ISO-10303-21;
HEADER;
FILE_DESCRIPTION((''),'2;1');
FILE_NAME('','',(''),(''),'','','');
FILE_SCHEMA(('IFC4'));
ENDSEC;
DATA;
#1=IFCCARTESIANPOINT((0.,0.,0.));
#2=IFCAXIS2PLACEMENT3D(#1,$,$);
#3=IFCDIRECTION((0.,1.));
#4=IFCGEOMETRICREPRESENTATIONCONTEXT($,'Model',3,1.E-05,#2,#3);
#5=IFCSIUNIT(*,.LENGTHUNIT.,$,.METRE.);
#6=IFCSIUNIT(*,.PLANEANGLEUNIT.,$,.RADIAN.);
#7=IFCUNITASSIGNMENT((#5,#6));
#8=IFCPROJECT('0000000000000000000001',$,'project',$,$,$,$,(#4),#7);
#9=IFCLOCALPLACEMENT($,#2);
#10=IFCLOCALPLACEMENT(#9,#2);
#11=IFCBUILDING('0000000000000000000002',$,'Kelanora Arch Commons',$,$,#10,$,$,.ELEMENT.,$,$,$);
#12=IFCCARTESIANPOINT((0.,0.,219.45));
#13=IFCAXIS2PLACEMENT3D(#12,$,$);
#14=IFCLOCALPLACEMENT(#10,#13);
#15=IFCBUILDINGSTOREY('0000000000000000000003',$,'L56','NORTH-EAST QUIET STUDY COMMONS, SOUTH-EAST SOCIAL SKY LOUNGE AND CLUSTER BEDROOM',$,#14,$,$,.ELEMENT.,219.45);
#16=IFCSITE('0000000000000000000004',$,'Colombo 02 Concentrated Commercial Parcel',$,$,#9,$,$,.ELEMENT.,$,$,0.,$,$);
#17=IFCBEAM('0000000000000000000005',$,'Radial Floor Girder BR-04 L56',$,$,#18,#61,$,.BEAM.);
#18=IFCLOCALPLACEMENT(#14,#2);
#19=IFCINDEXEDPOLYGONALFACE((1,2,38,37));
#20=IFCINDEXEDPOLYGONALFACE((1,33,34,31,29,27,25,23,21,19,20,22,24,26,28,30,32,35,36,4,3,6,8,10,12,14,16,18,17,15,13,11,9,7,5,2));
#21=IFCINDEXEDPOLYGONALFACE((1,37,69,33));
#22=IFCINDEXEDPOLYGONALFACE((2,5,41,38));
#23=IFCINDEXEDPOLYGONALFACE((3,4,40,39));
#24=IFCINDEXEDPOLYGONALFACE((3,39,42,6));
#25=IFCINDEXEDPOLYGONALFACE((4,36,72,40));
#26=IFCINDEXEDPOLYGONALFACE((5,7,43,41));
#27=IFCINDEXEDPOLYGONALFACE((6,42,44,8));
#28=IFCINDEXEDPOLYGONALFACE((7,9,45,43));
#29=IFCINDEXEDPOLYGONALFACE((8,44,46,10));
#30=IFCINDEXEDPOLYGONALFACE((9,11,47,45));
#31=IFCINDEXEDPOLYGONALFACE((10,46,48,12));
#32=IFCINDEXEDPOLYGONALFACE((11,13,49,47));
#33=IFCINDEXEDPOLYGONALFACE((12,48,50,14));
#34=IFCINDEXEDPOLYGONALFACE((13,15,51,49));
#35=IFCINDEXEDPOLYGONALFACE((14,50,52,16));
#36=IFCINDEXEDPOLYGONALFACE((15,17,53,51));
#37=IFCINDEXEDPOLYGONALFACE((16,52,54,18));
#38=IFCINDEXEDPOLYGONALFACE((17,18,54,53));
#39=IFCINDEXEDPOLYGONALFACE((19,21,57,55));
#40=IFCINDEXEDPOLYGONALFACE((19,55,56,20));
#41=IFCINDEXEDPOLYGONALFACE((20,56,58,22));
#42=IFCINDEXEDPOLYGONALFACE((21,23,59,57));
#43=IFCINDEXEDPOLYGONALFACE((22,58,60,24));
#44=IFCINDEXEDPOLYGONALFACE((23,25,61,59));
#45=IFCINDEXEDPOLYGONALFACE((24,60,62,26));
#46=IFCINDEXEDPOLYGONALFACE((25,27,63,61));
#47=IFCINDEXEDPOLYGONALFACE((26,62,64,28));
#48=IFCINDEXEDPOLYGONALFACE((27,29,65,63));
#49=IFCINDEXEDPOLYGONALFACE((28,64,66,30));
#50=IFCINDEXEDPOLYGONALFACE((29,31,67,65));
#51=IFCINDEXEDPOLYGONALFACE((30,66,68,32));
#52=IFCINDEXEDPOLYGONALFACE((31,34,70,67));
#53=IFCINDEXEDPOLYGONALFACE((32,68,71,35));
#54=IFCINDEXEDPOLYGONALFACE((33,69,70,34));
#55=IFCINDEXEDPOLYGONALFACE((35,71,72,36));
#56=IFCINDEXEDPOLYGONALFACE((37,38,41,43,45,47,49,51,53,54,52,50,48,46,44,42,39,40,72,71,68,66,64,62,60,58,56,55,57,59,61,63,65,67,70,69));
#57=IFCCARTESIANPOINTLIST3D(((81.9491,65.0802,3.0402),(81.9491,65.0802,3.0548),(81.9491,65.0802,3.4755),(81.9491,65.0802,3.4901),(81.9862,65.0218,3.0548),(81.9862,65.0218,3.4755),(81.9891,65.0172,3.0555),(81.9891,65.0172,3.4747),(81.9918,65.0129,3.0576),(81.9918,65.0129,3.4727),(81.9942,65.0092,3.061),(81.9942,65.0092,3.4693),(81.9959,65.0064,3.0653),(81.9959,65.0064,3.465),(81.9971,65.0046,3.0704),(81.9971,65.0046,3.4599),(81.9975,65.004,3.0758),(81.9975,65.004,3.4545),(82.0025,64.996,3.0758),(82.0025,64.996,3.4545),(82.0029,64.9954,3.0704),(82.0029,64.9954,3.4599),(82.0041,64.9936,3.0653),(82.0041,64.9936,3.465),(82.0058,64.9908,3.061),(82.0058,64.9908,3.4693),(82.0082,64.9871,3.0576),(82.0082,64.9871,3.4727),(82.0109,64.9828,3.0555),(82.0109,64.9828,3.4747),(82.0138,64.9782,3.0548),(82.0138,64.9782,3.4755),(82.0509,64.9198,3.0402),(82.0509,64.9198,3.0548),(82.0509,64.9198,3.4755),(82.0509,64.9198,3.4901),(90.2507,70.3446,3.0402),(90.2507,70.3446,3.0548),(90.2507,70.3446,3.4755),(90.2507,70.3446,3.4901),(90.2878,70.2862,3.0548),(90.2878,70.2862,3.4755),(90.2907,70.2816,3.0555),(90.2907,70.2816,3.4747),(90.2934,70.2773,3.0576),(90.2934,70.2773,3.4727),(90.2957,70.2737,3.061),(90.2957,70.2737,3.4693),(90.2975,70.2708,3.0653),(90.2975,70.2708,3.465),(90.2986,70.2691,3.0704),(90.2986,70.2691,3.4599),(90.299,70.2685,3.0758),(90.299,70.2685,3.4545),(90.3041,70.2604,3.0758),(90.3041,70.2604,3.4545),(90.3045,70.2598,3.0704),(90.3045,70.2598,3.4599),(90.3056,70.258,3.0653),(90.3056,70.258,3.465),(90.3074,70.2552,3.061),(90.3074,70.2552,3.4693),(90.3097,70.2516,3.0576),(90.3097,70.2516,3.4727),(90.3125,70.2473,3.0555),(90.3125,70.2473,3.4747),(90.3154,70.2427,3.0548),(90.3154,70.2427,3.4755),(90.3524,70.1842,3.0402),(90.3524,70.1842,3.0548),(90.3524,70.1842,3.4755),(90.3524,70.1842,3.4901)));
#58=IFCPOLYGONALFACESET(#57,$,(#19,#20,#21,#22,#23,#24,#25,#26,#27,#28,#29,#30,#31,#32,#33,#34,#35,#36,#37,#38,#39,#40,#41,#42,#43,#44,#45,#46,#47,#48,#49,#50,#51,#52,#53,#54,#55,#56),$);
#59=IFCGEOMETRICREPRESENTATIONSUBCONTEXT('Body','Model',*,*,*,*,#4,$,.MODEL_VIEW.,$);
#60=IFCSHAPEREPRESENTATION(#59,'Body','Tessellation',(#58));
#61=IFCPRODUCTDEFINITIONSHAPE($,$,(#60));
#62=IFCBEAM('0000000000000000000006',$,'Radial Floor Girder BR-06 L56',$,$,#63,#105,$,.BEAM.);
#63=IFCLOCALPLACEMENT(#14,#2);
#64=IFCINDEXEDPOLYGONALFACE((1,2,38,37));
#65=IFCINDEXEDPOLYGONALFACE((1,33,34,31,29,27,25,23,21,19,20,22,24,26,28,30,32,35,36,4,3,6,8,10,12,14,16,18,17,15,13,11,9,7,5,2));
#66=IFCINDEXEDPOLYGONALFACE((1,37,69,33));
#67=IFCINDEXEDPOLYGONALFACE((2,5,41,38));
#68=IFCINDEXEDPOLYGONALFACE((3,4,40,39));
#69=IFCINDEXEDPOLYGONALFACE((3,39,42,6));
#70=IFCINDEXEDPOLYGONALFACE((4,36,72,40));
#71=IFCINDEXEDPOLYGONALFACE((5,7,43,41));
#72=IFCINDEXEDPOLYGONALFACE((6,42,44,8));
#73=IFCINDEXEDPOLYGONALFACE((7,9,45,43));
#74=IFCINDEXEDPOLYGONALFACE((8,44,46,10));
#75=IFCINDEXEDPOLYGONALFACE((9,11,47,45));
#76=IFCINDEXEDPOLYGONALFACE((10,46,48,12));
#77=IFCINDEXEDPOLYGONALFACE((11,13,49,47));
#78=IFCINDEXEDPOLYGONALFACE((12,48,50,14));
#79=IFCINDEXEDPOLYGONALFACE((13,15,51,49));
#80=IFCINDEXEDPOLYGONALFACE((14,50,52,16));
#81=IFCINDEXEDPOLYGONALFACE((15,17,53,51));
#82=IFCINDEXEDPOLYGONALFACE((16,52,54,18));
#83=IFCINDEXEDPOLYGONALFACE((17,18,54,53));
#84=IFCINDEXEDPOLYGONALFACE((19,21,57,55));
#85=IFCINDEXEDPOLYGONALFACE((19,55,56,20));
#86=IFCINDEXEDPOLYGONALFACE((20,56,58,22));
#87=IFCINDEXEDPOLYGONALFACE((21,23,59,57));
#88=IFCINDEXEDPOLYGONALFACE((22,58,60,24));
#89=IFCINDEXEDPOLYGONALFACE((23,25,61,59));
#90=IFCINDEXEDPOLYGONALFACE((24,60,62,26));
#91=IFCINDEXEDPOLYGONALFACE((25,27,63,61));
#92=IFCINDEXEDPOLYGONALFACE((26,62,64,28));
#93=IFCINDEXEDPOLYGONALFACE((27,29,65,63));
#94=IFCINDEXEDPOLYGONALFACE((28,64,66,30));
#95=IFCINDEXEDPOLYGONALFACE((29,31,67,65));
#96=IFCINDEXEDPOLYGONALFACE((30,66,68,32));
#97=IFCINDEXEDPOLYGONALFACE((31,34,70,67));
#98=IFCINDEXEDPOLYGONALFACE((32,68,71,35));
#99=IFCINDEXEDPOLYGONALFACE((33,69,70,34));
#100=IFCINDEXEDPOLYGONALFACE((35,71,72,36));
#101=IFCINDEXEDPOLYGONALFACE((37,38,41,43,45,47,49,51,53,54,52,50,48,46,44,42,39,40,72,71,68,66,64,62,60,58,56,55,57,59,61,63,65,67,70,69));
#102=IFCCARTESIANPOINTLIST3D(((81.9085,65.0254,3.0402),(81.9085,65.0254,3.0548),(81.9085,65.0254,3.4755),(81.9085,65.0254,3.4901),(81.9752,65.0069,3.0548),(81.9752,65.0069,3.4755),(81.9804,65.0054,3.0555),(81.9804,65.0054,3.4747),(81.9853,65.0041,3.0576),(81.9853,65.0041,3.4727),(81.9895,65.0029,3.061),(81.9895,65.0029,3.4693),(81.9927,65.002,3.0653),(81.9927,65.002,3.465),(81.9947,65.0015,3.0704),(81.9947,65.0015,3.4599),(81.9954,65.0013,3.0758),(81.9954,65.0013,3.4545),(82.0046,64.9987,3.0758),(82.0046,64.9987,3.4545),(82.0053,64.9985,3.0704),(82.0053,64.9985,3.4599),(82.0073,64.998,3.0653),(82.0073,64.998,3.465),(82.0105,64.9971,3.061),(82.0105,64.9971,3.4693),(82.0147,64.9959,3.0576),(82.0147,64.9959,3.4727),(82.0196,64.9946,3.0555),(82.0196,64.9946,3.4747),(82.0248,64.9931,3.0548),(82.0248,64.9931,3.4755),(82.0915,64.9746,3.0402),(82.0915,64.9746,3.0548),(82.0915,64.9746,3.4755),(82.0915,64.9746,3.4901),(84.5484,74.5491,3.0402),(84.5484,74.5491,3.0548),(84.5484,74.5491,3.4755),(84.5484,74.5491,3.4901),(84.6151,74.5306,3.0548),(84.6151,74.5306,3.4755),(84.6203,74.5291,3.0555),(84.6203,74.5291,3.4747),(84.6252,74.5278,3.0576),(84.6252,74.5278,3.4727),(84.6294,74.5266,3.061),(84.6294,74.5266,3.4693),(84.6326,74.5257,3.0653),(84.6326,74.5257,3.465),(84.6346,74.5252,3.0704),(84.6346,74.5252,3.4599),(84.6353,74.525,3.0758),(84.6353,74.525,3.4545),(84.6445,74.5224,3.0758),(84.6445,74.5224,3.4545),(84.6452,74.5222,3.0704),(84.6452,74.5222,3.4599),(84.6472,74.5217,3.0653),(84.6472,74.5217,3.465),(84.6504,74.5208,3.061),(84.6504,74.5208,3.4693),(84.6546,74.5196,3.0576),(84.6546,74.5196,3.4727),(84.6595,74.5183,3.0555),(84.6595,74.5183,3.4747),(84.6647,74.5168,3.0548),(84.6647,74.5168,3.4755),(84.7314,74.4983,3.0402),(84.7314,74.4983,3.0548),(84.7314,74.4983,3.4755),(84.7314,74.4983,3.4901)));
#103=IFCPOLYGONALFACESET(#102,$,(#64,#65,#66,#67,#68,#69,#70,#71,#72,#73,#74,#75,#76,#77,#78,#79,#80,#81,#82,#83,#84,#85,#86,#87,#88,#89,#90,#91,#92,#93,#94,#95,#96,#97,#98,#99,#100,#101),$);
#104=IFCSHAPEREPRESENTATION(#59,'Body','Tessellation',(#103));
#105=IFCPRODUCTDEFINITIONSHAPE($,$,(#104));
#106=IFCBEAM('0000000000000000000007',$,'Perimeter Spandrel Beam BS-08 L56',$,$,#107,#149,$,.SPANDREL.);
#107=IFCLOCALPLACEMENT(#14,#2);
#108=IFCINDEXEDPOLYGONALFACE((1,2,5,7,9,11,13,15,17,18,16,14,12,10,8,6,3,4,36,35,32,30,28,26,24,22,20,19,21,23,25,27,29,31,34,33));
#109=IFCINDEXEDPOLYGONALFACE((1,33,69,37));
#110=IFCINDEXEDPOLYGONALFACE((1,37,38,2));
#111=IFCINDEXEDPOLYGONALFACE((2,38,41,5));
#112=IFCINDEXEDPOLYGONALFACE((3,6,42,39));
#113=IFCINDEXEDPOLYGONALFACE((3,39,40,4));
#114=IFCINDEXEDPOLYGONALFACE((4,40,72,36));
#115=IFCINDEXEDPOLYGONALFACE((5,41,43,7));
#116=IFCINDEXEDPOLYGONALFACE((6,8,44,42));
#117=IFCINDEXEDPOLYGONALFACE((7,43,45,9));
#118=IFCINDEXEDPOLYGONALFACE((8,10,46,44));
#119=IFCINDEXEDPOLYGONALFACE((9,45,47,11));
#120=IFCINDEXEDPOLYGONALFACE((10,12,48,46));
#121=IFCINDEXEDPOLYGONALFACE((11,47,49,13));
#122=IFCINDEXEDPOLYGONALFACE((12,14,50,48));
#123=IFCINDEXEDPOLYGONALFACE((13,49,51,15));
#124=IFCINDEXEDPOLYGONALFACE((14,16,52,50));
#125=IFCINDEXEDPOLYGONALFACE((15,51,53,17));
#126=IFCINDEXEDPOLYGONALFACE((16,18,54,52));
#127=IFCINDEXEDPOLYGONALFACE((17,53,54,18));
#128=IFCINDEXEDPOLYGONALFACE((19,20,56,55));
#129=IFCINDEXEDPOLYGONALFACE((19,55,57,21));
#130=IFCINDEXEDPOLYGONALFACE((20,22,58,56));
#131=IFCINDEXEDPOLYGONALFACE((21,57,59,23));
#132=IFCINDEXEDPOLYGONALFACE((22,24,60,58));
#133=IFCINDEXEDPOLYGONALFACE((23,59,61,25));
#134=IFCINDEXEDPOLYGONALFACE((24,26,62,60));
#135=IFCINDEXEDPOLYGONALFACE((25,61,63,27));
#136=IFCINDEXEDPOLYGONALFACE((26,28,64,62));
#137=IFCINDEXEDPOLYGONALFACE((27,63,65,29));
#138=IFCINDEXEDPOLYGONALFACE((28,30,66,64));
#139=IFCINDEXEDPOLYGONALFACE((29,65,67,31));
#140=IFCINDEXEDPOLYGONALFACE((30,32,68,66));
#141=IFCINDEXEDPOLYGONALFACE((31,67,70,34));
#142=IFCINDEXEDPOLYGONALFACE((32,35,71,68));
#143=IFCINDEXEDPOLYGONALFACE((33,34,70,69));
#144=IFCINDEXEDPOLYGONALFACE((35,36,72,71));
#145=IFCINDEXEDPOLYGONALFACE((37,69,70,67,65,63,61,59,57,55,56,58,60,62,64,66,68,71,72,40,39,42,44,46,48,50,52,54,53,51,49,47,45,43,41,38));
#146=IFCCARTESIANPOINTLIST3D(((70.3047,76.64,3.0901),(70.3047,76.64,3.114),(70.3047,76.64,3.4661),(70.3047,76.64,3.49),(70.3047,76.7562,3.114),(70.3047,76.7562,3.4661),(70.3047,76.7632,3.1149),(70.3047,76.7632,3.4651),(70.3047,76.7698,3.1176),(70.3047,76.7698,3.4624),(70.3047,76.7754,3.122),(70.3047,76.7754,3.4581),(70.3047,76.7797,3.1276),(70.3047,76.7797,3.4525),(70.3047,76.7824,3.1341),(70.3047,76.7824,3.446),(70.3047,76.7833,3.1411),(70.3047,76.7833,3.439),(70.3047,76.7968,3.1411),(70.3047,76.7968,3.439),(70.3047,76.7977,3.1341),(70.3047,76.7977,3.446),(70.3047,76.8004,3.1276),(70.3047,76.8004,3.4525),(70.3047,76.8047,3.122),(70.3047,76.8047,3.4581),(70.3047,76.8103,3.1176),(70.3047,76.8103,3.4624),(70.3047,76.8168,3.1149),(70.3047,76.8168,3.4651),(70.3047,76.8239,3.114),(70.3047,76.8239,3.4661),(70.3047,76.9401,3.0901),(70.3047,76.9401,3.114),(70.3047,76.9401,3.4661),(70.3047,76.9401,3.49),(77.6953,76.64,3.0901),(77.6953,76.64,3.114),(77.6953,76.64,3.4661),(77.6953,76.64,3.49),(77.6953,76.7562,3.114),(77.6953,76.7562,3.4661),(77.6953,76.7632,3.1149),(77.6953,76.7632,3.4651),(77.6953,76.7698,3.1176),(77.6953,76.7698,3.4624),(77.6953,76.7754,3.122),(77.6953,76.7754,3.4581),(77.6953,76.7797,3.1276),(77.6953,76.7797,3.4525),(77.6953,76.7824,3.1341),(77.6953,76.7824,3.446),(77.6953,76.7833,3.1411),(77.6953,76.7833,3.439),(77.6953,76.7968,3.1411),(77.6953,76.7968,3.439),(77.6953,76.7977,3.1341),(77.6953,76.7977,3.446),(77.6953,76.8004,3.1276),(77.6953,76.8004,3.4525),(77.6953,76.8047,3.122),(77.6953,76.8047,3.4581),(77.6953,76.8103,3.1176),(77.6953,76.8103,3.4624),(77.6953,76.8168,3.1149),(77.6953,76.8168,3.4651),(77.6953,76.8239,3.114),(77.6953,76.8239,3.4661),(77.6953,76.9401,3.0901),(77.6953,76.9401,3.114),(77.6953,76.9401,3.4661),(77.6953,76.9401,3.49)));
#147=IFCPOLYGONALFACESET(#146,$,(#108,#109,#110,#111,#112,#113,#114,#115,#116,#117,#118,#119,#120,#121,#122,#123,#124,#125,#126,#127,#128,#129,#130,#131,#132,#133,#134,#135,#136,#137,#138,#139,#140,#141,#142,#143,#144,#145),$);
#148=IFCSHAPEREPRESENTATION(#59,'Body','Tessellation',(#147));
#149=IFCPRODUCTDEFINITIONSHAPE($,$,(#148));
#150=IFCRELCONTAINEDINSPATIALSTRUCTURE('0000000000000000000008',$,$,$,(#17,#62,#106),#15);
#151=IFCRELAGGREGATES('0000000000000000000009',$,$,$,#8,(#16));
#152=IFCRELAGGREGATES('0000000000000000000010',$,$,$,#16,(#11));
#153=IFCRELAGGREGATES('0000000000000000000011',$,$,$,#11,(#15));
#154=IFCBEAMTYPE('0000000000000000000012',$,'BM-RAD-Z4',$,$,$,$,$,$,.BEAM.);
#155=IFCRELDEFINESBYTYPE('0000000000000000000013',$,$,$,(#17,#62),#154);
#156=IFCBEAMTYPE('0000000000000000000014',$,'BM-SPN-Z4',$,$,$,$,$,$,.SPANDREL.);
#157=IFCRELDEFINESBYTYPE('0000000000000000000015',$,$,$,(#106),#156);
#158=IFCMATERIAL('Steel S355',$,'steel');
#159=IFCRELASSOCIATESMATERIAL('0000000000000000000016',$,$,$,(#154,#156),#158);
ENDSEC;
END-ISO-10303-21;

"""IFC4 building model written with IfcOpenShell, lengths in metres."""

from ifc_helpers import new_model, si_unit, direction, frame, origin, origin_2d, place, context, subcontext, project, spatial, i_section, extrude, material, material_profile, profile_set, type_object, element, save


model = new_model("IFC4")

# Units and contexts
model_context = context("Model", 3, precision=1e-05, world=origin(), true_north=direction((0.0, 1.0)))
body_context = subcontext(model_context, "Body", "Model", "MODEL_VIEW")
ifc_project = project(units=[si_unit("LENGTHUNIT", "METRE"), si_unit("PLANEANGLEUNIT", "RADIAN")], contexts=[model_context])

# Site, building, storey
site_placement = place(None, origin())
site = spatial("IfcSite", under=ifc_project, at=site_placement, Name="Colombo 02 Concentrated Commercial Parcel", CompositionType="ELEMENT", RefElevation=0.0)
building_placement = place(site_placement, origin())
building = spatial("IfcBuilding", under=site, at=building_placement, Name="Kelanora Arch Commons", CompositionType="ELEMENT")
storey_placement = place(building_placement, frame((0.0, 0.0, 219.45)))
storey = spatial("IfcBuildingStorey", under=building, at=storey_placement, Name="L56", Description="NORTH-EAST QUIET STUDY COMMONS, SOUTH-EAST SOCIAL SKY LOUNGE AND CLUSTER BEDROOM", CompositionType="ELEMENT", Elevation=219.45)

# Beams
ifc_material_1 = material(Name="Steel S355", Category="steel")
ifc_material_profile_1 = material_profile(ifc_material_1, i_section(OverallWidth=0.1899, OverallDepth=0.45, WebThickness=0.0095, FlangeThickness=0.0146, FilletRadius=0.021, at=origin_2d()), Name="IPE450")
ifc_profile_set_1 = profile_set([ifc_material_profile_1], Name="Steel S355")
beam_type_1 = type_object("IfcBeamType", Name="BM-RAD-Z4", PredefinedType="BEAM", material=ifc_profile_set_1)
beam_1_placement = place(storey_placement, frame((82.0, 65.0, 3.2651), z_axis=(0.844507, 0.535544, 0.0), x_axis=(-0.535544, 0.844507, 0.0)))
element("IfcBeam", 1, at=beam_1_placement, inside=storey, type_object=beam_type_1, Name="Radial Floor Girder BR-04 L56", PredefinedType="BEAM", context=body_context, shape_type="SweptSolid", body=[
    extrude(i_section(OverallWidth=0.1899, OverallDepth=0.45, WebThickness=0.0095, FlangeThickness=0.0146, FilletRadius=0.021, at=origin_2d()), origin(), (0.0, 0.0, 1.0), 9.8301),
])
beam_2_placement = place(storey_placement, frame((82.0, 65.0, 3.2651), z_axis=(0.26712, 0.963663, 0.0), x_axis=(-0.963663, 0.26712, 0.0)))
element("IfcBeam", 2, at=beam_2_placement, inside=storey, type_object=beam_type_1, Name="Radial Floor Girder BR-06 L56", PredefinedType="BEAM", context=body_context, shape_type="SweptSolid", body=[
    extrude(i_section(OverallWidth=0.1899, OverallDepth=0.45, WebThickness=0.0095, FlangeThickness=0.0146, FilletRadius=0.021, at=origin_2d()), origin(), (0.0, 0.0, 1.0), 9.8828),
])
ifc_material_profile_2 = material_profile(ifc_material_1, i_section(OverallWidth=0.3, OverallDepth=0.3999, WebThickness=0.0134, FlangeThickness=0.0239, FilletRadius=0.0271, at=origin_2d()), Name="HEB400")
ifc_profile_set_2 = profile_set([ifc_material_profile_2], Name="Steel S355")
beam_type_2 = type_object("IfcBeamType", Name="BM-SPN-Z4", PredefinedType="SPANDREL", material=ifc_profile_set_2)
beam_3_placement = place(storey_placement, frame((77.6953, 76.79, 3.29), z_axis=(-1.0, 0.0, 0.0), x_axis=(0.0, -1.0, 0.0)))
element("IfcBeam", 3, at=beam_3_placement, inside=storey, type_object=beam_type_2, Name="Perimeter Spandrel Beam BS-08 L56", PredefinedType="SPANDREL", context=body_context, shape_type="SweptSolid", body=[
    extrude(i_section(OverallWidth=0.3, OverallDepth=0.3999, WebThickness=0.0134, FlangeThickness=0.0239, FilletRadius=0.0271, at=origin_2d()), origin(), (0.0, 0.0, 1.0), 7.3906),
])

save(model, "model.ifc")
